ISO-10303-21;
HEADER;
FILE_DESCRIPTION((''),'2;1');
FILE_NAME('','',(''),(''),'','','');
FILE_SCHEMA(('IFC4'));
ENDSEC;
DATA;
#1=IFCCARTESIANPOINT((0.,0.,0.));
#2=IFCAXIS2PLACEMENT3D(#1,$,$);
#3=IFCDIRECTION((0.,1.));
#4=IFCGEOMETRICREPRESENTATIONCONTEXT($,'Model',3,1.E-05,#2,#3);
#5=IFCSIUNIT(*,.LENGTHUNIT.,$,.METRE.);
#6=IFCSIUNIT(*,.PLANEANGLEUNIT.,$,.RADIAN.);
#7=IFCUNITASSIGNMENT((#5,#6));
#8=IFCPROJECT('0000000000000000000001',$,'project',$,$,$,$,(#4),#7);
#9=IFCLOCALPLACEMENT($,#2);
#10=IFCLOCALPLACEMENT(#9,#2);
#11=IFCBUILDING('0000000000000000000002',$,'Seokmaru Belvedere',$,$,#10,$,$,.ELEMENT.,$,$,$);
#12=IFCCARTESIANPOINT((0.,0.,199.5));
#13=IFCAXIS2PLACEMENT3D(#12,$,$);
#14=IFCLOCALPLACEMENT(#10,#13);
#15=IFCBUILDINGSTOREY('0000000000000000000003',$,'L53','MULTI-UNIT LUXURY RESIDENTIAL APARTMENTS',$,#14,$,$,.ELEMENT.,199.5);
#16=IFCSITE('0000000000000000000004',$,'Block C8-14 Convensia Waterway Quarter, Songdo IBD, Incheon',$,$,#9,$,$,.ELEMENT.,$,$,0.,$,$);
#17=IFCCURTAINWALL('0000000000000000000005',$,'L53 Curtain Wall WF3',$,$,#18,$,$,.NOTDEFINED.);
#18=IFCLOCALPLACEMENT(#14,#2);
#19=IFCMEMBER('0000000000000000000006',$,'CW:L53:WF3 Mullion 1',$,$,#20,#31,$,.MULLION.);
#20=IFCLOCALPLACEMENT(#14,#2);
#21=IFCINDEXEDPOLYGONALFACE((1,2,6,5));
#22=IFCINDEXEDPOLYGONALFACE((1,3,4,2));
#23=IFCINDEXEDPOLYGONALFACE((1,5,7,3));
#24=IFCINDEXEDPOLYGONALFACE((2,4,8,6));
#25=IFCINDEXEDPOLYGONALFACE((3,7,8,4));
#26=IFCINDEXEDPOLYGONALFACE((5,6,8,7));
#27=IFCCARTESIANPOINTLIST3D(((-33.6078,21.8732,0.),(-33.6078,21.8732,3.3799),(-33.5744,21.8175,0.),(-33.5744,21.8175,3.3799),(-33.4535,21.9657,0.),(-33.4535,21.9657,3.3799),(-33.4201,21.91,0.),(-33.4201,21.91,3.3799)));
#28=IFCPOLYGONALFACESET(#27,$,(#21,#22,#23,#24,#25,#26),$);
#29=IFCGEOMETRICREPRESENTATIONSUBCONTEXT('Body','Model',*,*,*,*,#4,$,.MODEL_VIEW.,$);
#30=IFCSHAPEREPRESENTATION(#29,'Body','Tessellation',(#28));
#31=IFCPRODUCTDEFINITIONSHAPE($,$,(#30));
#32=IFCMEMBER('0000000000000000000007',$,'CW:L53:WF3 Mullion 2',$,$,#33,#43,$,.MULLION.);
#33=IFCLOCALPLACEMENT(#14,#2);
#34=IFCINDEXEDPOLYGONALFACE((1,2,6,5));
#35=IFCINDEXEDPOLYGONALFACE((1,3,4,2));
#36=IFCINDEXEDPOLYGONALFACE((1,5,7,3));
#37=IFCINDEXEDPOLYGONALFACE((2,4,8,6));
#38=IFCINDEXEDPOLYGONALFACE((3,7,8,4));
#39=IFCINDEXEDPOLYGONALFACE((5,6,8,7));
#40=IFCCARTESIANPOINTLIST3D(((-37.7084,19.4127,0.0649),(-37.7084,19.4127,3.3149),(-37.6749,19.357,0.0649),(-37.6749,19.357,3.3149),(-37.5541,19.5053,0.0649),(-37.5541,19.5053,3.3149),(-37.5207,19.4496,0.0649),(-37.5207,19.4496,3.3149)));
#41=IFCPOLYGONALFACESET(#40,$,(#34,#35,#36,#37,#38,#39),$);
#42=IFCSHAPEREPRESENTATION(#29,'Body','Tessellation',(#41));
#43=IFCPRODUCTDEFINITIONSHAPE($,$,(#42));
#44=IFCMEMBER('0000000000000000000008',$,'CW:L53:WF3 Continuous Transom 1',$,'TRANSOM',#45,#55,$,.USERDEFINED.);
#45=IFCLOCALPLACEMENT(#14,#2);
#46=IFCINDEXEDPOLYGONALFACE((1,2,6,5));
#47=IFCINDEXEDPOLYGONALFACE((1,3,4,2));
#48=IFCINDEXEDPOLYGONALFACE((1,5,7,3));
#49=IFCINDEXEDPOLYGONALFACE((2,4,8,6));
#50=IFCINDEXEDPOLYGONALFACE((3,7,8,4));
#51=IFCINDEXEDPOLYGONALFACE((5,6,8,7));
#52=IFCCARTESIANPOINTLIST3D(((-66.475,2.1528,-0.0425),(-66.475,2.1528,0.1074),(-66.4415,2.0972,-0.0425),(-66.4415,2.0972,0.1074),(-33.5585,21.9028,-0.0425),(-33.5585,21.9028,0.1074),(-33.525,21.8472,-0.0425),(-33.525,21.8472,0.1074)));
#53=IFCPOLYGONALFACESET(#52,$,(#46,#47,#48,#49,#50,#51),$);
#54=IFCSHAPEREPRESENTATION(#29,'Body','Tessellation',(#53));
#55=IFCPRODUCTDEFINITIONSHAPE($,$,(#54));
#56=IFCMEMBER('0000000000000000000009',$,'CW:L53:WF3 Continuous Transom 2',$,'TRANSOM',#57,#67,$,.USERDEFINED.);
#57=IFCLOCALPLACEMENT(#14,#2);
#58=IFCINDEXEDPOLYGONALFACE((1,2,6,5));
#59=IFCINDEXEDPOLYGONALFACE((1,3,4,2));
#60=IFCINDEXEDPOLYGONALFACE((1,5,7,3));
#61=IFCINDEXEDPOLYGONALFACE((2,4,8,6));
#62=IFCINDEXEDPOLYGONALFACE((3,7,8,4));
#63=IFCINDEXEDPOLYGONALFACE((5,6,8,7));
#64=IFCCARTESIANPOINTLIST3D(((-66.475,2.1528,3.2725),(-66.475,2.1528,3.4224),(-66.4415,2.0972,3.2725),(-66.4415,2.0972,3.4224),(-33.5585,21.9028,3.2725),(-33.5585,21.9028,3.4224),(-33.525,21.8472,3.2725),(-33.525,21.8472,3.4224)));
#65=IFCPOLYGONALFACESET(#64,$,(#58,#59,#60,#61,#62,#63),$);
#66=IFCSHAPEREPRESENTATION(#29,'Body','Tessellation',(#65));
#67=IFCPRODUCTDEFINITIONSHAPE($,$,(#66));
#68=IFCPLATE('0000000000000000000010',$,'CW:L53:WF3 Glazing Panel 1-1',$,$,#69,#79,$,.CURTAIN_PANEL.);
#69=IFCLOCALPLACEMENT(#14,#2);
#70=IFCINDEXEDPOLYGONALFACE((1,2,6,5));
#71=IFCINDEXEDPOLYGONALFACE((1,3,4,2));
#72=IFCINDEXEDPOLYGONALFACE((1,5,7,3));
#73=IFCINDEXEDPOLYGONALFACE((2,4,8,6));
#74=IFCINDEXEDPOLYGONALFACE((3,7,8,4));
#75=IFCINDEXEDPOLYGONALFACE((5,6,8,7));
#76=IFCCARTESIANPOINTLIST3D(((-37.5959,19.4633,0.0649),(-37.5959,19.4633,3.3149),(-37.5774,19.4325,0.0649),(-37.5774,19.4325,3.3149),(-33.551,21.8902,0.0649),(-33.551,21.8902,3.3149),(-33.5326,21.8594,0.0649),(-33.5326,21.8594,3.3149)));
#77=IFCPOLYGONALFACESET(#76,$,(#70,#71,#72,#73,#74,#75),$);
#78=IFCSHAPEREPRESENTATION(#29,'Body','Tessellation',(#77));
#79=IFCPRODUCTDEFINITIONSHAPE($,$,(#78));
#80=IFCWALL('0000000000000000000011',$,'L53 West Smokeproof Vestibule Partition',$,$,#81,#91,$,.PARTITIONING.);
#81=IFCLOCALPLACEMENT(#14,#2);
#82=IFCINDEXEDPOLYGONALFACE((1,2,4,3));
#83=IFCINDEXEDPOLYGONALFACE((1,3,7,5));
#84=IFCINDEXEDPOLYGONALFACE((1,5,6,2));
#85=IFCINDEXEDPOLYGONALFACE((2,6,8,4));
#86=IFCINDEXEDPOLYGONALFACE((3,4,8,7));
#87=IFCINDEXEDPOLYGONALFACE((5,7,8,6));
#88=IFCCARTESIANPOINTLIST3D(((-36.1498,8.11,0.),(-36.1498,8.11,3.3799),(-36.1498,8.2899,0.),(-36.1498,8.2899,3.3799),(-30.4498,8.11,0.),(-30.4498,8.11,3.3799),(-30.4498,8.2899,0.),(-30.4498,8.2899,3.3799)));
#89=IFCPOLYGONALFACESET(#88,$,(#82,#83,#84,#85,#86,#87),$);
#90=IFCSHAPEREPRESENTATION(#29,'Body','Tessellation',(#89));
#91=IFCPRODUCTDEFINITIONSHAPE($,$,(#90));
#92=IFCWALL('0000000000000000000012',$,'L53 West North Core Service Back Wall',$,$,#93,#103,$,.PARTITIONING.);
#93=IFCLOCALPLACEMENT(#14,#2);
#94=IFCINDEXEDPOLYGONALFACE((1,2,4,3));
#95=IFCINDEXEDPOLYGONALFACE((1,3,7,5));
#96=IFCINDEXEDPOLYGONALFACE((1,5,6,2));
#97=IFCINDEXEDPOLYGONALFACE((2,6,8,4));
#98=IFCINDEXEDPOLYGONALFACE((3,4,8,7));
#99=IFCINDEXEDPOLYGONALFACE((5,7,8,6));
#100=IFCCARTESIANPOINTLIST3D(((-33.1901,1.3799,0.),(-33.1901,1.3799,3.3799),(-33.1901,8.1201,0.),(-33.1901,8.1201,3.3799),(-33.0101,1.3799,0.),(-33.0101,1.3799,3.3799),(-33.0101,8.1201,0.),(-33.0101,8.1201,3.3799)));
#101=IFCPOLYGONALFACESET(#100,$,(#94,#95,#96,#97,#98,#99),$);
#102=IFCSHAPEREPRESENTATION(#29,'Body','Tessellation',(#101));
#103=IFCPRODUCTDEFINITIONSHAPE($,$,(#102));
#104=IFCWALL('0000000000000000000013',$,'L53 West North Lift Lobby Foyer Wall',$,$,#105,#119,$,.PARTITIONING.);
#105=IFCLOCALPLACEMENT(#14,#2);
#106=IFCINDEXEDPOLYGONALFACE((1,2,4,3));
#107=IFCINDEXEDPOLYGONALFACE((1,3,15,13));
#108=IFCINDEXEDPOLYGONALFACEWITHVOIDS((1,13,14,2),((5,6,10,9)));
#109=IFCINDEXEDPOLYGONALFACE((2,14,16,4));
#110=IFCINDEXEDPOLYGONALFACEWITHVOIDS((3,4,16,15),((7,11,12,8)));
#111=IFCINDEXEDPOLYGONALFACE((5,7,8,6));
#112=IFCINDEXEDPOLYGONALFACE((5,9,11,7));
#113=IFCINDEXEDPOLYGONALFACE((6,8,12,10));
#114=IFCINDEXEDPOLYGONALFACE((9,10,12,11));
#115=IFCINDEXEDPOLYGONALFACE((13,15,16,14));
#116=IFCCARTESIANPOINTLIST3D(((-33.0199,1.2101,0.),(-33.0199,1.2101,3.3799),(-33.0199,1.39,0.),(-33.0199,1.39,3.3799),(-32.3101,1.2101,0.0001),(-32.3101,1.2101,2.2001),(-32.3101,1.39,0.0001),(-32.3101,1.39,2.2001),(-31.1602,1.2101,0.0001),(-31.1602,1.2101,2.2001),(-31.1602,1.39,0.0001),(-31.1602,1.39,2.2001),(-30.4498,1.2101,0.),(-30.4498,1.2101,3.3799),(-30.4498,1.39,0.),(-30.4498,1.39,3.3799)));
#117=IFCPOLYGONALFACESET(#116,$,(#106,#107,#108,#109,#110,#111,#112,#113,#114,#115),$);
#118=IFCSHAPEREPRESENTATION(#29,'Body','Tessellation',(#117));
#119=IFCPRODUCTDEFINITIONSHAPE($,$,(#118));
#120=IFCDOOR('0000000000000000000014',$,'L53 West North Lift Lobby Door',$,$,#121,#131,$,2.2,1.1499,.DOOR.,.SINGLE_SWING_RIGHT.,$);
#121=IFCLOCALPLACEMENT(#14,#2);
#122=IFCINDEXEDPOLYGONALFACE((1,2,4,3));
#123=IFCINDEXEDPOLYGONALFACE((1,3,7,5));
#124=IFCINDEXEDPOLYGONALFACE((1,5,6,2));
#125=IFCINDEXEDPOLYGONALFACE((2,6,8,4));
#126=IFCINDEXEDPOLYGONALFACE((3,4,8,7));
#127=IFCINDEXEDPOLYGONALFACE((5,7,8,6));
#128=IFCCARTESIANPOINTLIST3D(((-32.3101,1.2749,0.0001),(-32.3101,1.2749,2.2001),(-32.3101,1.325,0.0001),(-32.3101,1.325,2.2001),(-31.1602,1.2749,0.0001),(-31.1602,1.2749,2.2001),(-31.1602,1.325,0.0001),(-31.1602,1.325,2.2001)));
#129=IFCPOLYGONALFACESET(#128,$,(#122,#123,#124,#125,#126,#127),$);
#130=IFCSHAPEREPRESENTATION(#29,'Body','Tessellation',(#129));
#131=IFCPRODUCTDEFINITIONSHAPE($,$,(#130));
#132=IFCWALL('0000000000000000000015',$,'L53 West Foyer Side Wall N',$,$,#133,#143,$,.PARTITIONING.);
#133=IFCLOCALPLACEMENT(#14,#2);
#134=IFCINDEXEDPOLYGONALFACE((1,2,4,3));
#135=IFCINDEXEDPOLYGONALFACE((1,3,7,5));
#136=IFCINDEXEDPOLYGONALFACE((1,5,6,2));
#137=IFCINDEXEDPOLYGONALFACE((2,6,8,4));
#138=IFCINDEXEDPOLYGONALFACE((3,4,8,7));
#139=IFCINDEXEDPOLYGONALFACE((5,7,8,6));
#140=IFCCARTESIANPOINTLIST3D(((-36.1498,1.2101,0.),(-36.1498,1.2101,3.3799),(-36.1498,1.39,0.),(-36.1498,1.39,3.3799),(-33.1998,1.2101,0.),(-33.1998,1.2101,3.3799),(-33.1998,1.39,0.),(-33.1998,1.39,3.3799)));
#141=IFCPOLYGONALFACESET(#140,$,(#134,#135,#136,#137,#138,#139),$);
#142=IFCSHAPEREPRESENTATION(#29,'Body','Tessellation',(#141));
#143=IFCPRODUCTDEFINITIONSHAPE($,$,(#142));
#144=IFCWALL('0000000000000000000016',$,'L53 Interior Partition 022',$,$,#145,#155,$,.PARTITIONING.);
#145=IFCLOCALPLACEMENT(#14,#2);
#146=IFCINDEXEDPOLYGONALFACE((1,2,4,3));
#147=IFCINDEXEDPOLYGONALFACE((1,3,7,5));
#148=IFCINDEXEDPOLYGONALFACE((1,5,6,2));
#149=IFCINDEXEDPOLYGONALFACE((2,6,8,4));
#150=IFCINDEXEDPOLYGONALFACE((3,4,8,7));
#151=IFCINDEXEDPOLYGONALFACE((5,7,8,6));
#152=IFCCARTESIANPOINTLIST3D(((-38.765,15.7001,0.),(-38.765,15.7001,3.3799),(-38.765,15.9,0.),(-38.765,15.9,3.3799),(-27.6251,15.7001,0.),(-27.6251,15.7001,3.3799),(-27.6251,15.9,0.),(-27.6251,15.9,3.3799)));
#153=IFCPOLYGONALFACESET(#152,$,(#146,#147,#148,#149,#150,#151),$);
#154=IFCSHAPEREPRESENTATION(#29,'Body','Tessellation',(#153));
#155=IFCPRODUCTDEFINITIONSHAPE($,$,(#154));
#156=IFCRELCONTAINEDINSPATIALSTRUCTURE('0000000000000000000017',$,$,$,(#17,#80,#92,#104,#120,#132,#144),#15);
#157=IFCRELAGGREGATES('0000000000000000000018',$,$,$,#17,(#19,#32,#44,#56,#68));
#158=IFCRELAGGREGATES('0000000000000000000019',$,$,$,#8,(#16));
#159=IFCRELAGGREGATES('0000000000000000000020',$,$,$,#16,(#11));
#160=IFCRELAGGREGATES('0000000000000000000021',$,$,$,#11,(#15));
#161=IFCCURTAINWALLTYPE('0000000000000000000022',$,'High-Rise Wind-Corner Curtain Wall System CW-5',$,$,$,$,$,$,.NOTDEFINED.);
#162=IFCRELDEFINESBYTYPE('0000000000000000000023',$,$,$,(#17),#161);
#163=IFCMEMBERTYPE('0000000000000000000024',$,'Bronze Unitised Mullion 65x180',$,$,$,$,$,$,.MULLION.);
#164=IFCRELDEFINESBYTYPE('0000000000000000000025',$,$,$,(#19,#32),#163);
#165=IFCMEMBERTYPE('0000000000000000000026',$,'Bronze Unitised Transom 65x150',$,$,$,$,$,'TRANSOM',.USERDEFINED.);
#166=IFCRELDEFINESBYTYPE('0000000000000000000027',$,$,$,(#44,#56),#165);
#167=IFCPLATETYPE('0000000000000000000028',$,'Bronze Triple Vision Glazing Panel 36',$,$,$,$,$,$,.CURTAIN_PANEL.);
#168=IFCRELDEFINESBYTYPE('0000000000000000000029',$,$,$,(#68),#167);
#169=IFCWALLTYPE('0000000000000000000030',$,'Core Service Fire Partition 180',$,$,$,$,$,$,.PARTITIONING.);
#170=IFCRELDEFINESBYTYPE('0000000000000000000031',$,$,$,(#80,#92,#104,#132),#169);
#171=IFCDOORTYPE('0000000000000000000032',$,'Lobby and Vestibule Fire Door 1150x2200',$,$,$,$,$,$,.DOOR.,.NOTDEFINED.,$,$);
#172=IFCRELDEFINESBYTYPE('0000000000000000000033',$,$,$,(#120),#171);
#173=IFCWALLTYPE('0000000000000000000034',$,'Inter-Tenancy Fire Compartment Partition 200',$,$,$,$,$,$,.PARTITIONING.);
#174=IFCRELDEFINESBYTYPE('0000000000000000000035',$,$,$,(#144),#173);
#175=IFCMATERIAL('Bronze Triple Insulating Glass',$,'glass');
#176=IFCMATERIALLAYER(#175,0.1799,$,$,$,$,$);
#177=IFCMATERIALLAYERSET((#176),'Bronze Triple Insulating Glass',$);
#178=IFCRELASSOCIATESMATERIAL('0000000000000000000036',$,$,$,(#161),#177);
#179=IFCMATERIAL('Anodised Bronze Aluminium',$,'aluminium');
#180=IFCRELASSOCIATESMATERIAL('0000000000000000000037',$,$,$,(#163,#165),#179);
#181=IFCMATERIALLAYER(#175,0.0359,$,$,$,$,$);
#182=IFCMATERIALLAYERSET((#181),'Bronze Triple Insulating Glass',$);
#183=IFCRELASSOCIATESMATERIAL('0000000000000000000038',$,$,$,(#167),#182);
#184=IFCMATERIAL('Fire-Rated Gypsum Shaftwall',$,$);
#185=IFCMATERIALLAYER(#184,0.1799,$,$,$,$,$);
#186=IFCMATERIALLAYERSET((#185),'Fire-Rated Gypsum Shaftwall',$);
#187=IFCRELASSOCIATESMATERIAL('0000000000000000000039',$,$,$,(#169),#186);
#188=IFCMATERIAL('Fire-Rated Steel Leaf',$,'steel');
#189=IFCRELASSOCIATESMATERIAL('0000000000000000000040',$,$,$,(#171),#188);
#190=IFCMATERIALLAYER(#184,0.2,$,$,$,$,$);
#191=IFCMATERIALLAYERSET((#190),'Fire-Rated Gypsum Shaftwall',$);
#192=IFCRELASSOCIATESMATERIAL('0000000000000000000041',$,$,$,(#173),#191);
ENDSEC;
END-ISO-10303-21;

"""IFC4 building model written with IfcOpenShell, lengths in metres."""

from ifc_helpers import new_model, si_unit, direction, frame, frame_2d, origin, origin_2d, place, context, subcontext, project, spatial, rectangle, extrude, source, transform, mapped, material, layer, layer_set, material_profile, profile_set, type_object, type_shapes, element, fill, aggregate, save


model = new_model("IFC4")

# Units and contexts
model_context = context("Model", 3, precision=1e-05, world=origin(), true_north=direction((0.0, 1.0)))
body_context = subcontext(model_context, "Body", "Model", "MODEL_VIEW")
ifc_project = project(units=[si_unit("LENGTHUNIT", "METRE"), si_unit("PLANEANGLEUNIT", "RADIAN")], contexts=[model_context])

# Site, building, storey
site_placement = place(None, origin())
site = spatial("IfcSite", under=ifc_project, at=site_placement, Name="Block C8-14 Convensia Waterway Quarter, Songdo IBD, Incheon", CompositionType="ELEMENT", RefElevation=0.0)
building_placement = place(site_placement, origin())
building = spatial("IfcBuilding", under=site, at=building_placement, Name="Seokmaru Belvedere", CompositionType="ELEMENT")
storey_placement = place(building_placement, frame((0.0, 0.0, 199.5)))
storey = spatial("IfcBuildingStorey", under=building, at=storey_placement, Name="L53", Description="MULTI-UNIT LUXURY RESIDENTIAL APARTMENTS", CompositionType="ELEMENT", Elevation=199.5)

# Curtain wall, members, plate
ifc_material_1 = material(Name="Bronze Triple Insulating Glass", Category="glass")
ifc_layer_1 = layer(ifc_material_1, 0.1799)
ifc_layer_set_1 = layer_set([ifc_layer_1], Name="Bronze Triple Insulating Glass")
curtain_wall_type = type_object("IfcCurtainWallType", Name="High-Rise Wind-Corner Curtain Wall System CW-5", PredefinedType="NOTDEFINED", material=ifc_layer_set_1)
curtain_wall_placement = place(storey_placement, origin())
curtain_wall = element("IfcCurtainWall", 1, at=curtain_wall_placement, inside=storey, type_object=curtain_wall_type, Name="L53 Curtain Wall WF3", PredefinedType="NOTDEFINED")
ifc_material_2 = material(Name="Anodised Bronze Aluminium", Category="aluminium")
ifc_material_profile_1 = material_profile(ifc_material_2, rectangle(XDim=0.0649, YDim=0.1799, at=origin_2d()), Name="CW-M-65x180")
ifc_profile_set_1 = profile_set([ifc_material_profile_1], Name="Anodised Bronze Aluminium")
member_type_1 = type_object("IfcMemberType", Name="Bronze Unitised Mullion 65x180", PredefinedType="MULLION", material=ifc_profile_set_1)
shared_shape_1 = source(origin(), body_context, "Body", "SweptSolid", [
    extrude(rectangle(XDim=0.0649, YDim=0.1799, at=origin_2d()), origin(), (0.0, 0.0, 1.0), 3.3799),
])
member_1_placement = place(storey_placement, frame((-33.5139, 21.8916, 0.0), z_axis=(0.0, 0.0, 1.0), x_axis=(0.514495, -0.857493, 0.0)))
member_1 = element("IfcMember", 2, at=member_1_placement, type_object=member_type_1, Name="CW:L53:WF3 Mullion 1", PredefinedType="MULLION", context=body_context, shape_type="MappedRepresentation", body=[
    mapped(shared_shape_1, transform((0.0, 0.0, 0.0), scale=1.0)),
])
shared_shape_2 = source(origin(), body_context, "Body", "SweptSolid", [
    extrude(rectangle(XDim=0.0649, YDim=0.1799, at=origin_2d()), origin(), (0.0, 0.0, 1.0), 3.25),
])
type_shapes(member_type_1, [shared_shape_1, shared_shape_2])
member_2_placement = place(storey_placement, frame((-37.6145, 19.4312, 0.0649), z_axis=(0.0, 0.0, 1.0), x_axis=(0.514495, -0.857493, 0.0)))
member_2 = element("IfcMember", 3, at=member_2_placement, type_object=member_type_1, Name="CW:L53:WF3 Mullion 2", PredefinedType="MULLION", context=body_context, shape_type="MappedRepresentation", body=[
    mapped(shared_shape_2, transform((0.0, 0.0, 0.0), scale=1.0)),
])
ifc_material_profile_2 = material_profile(ifc_material_2, rectangle(XDim=0.0649, YDim=0.1499, at=origin_2d()), Name="CW-T-65x150")
ifc_profile_set_2 = profile_set([ifc_material_profile_2], Name="Anodised Bronze Aluminium")
member_type_2 = type_object("IfcMemberType", Name="Bronze Unitised Transom 65x150", ElementType="TRANSOM", PredefinedType="USERDEFINED", material=ifc_profile_set_2)
shared_shape_3 = source(origin(), body_context, "Body", "SweptSolid", [
    extrude(rectangle(XDim=0.0649, YDim=0.1499, at=origin_2d()), origin(), (0.0, 0.0, 1.0), 38.387),
])
type_shapes(member_type_2, [shared_shape_3])
member_3_placement = place(storey_placement, frame((-33.5417, 21.875, 0.0325), z_axis=(-0.857492, -0.514498, 0.0), x_axis=(0.514498, -0.857492, 0.0)))
member_3 = element("IfcMember", 4, at=member_3_placement, type_object=member_type_2, Name="CW:L53:WF3 Continuous Transom 1", ObjectType="TRANSOM", PredefinedType="USERDEFINED", context=body_context, shape_type="MappedRepresentation", body=[
    mapped(shared_shape_3, transform((0.0, 0.0, 0.0), scale=1.0)),
])
member_4_placement = place(storey_placement, frame((-33.5417, 21.875, 3.3474), z_axis=(-0.857492, -0.514498, 0.0), x_axis=(0.514498, -0.857492, 0.0)))
member_4 = element("IfcMember", 5, at=member_4_placement, type_object=member_type_2, Name="CW:L53:WF3 Continuous Transom 2", ObjectType="TRANSOM", PredefinedType="USERDEFINED", context=body_context, shape_type="MappedRepresentation", body=[
    mapped(shared_shape_3, transform((0.0, 0.0, 0.0), scale=1.0)),
])
ifc_layer_2 = layer(ifc_material_1, 0.0359)
ifc_layer_set_2 = layer_set([ifc_layer_2], Name="Bronze Triple Insulating Glass")
plate_type = type_object("IfcPlateType", Name="Bronze Triple Vision Glazing Panel 36", PredefinedType="CURTAIN_PANEL", material=ifc_layer_set_2)
shared_shape_4 = source(origin(), body_context, "Body", "SweptSolid", [
    extrude(rectangle(XDim=4.717, YDim=0.0359, at=origin_2d()), origin(), (0.0, 0.0, 1.0), 3.25),
])
type_shapes(plate_type, [shared_shape_4])
plate_placement = place(storey_placement, frame((-35.5642, 20.6614, 0.0649), z_axis=(0.0, 0.0, 1.0), x_axis=(-0.857493, -0.514495, 0.0)))
plate = element("IfcPlate", 6, at=plate_placement, type_object=plate_type, Name="CW:L53:WF3 Glazing Panel 1-1", PredefinedType="CURTAIN_PANEL", context=body_context, shape_type="MappedRepresentation", body=[
    mapped(shared_shape_4, transform((0.0, 0.0, 0.0), scale=1.0)),
])
aggregate(curtain_wall, [member_1, member_2, member_3, member_4, plate])

# Walls
ifc_material_3 = material(Name="Fire-Rated Gypsum Shaftwall")
ifc_layer_3 = layer(ifc_material_3, 0.1799)
ifc_layer_set_3 = layer_set([ifc_layer_3], Name="Fire-Rated Gypsum Shaftwall")
wall_type_1 = type_object("IfcWallType", Name="Core Service Fire Partition 180", PredefinedType="PARTITIONING", material=ifc_layer_set_3)
wall_1_placement = place(storey_placement, frame((-36.1499, 8.2, 0.0), z_axis=(0.0, 0.0, 1.0), x_axis=(1.0, 0.0, 0.0)))
element("IfcWall", 7, at=wall_1_placement, inside=storey, type_object=wall_type_1, Name="L53 West Smokeproof Vestibule Partition", PredefinedType="PARTITIONING", context=body_context, shape_type="SweptSolid", body=[
    extrude(rectangle(XDim=5.7, YDim=0.1799, at=frame_2d((2.8501, 0.0))), origin(), (0.0, 0.0, 1.0), 3.3799),
])
wall_2_placement = place(storey_placement, frame((-33.1001, 1.3799, 0.0), z_axis=(0.0, 0.0, 1.0), x_axis=(0.0, 1.0, 0.0)))
element("IfcWall", 8, at=wall_2_placement, inside=storey, type_object=wall_type_1, Name="L53 West North Core Service Back Wall", PredefinedType="PARTITIONING", context=body_context, shape_type="SweptSolid", body=[
    extrude(rectangle(XDim=6.7402, YDim=0.1799, at=frame_2d((3.3701, 0.0))), origin(), (0.0, 0.0, 1.0), 3.3799),
])

# Wall, opening, door
wall_3_placement = place(storey_placement, frame((-33.02, 1.3, 0.0), z_axis=(0.0, 0.0, 1.0), x_axis=(1.0, 0.0, 0.0)))
wall_3 = element("IfcWall", 9, at=wall_3_placement, inside=storey, type_object=wall_type_1, Name="L53 West North Lift Lobby Foyer Wall", PredefinedType="PARTITIONING", context=body_context, shape_type="SweptSolid", body=[
    extrude(rectangle(XDim=2.5701, YDim=0.1799, at=frame_2d((1.2852, 0.0))), origin(), (0.0, 0.0, 1.0), 3.3799),
])
opening_1_placement = place(wall_3_placement, frame((0.71, 0.0, 0.0)))
opening_1 = element("IfcOpeningElement", 10, at=opening_1_placement, cuts=wall_3, PredefinedType="OPENING", context=body_context, shape_type="SweptSolid", body=[
    extrude(rectangle(XDim=1.1499, YDim=2.2, at=frame_2d((0.575, 1.1001))), frame((0.0, 0.1001, 0.0), z_axis=(0.0, -1.0, 0.0), x_axis=(1.0, 0.0, 0.0)), (0.0, 0.0, 1.0), 0.2),
])
ifc_material_4 = material(Name="Fire-Rated Steel Leaf", Category="steel")
door_type_1 = type_object("IfcDoorType", Name="Lobby and Vestibule Fire Door 1150x2200", OperationType="NOTDEFINED", PredefinedType="DOOR", material=ifc_material_4)
shared_shape_5 = source(origin(), body_context, "Body", "SweptSolid", [
    extrude(rectangle(XDim=1.1499, YDim=2.2, at=frame_2d((0.575, 1.1001))), frame((0.0, 0.0249, 0.0), z_axis=(0.0, -1.0, 0.0), x_axis=(1.0, 0.0, 0.0)), (0.0, 0.0, 1.0), 0.05),
])
type_shapes(door_type_1, [shared_shape_5])
door_1_placement = place(opening_1_placement, origin())
door_1 = element("IfcDoor", 11, at=door_1_placement, inside=storey, type_object=door_type_1, Name="L53 West North Lift Lobby Door", OperationType="SINGLE_SWING_RIGHT", OverallHeight=2.2, OverallWidth=1.1499, PredefinedType="DOOR", context=body_context, shape_type="MappedRepresentation", body=[
    mapped(shared_shape_5, transform((0.0, 0.0, 0.0), scale=1.0)),
])
fill(opening_1, door_1)

# Walls
wall_4_placement = place(storey_placement, frame((-36.1499, 1.3, 0.0), z_axis=(0.0, 0.0, 1.0), x_axis=(1.0, 0.0, 0.0)))
element("IfcWall", 12, at=wall_4_placement, inside=storey, type_object=wall_type_1, Name="L53 West Foyer Side Wall N", PredefinedType="PARTITIONING", context=body_context, shape_type="SweptSolid", body=[
    extrude(rectangle(XDim=2.95, YDim=0.1799, at=frame_2d((1.4751, 0.0))), origin(), (0.0, 0.0, 1.0), 3.3799),
])
ifc_layer_4 = layer(ifc_material_3, 0.2)
ifc_layer_set_4 = layer_set([ifc_layer_4], Name="Fire-Rated Gypsum Shaftwall")
wall_type_2 = type_object("IfcWallType", Name="Inter-Tenancy Fire Compartment Partition 200", PredefinedType="PARTITIONING", material=ifc_layer_set_4)
wall_5_placement = place(storey_placement, frame((-38.7649, 15.8, 0.0), z_axis=(0.0, 0.0, 1.0), x_axis=(1.0, 0.0, 0.0)))
element("IfcWall", 13, at=wall_5_placement, inside=storey, type_object=wall_type_2, Name="L53 Interior Partition 022", PredefinedType="PARTITIONING", context=body_context, shape_type="SweptSolid", body=[
    extrude(rectangle(XDim=11.1399, YDim=0.2, at=frame_2d((5.5698, 0.0))), origin(), (0.0, 0.0, 1.0), 3.3799),
])

save(model, "model.ifc")
